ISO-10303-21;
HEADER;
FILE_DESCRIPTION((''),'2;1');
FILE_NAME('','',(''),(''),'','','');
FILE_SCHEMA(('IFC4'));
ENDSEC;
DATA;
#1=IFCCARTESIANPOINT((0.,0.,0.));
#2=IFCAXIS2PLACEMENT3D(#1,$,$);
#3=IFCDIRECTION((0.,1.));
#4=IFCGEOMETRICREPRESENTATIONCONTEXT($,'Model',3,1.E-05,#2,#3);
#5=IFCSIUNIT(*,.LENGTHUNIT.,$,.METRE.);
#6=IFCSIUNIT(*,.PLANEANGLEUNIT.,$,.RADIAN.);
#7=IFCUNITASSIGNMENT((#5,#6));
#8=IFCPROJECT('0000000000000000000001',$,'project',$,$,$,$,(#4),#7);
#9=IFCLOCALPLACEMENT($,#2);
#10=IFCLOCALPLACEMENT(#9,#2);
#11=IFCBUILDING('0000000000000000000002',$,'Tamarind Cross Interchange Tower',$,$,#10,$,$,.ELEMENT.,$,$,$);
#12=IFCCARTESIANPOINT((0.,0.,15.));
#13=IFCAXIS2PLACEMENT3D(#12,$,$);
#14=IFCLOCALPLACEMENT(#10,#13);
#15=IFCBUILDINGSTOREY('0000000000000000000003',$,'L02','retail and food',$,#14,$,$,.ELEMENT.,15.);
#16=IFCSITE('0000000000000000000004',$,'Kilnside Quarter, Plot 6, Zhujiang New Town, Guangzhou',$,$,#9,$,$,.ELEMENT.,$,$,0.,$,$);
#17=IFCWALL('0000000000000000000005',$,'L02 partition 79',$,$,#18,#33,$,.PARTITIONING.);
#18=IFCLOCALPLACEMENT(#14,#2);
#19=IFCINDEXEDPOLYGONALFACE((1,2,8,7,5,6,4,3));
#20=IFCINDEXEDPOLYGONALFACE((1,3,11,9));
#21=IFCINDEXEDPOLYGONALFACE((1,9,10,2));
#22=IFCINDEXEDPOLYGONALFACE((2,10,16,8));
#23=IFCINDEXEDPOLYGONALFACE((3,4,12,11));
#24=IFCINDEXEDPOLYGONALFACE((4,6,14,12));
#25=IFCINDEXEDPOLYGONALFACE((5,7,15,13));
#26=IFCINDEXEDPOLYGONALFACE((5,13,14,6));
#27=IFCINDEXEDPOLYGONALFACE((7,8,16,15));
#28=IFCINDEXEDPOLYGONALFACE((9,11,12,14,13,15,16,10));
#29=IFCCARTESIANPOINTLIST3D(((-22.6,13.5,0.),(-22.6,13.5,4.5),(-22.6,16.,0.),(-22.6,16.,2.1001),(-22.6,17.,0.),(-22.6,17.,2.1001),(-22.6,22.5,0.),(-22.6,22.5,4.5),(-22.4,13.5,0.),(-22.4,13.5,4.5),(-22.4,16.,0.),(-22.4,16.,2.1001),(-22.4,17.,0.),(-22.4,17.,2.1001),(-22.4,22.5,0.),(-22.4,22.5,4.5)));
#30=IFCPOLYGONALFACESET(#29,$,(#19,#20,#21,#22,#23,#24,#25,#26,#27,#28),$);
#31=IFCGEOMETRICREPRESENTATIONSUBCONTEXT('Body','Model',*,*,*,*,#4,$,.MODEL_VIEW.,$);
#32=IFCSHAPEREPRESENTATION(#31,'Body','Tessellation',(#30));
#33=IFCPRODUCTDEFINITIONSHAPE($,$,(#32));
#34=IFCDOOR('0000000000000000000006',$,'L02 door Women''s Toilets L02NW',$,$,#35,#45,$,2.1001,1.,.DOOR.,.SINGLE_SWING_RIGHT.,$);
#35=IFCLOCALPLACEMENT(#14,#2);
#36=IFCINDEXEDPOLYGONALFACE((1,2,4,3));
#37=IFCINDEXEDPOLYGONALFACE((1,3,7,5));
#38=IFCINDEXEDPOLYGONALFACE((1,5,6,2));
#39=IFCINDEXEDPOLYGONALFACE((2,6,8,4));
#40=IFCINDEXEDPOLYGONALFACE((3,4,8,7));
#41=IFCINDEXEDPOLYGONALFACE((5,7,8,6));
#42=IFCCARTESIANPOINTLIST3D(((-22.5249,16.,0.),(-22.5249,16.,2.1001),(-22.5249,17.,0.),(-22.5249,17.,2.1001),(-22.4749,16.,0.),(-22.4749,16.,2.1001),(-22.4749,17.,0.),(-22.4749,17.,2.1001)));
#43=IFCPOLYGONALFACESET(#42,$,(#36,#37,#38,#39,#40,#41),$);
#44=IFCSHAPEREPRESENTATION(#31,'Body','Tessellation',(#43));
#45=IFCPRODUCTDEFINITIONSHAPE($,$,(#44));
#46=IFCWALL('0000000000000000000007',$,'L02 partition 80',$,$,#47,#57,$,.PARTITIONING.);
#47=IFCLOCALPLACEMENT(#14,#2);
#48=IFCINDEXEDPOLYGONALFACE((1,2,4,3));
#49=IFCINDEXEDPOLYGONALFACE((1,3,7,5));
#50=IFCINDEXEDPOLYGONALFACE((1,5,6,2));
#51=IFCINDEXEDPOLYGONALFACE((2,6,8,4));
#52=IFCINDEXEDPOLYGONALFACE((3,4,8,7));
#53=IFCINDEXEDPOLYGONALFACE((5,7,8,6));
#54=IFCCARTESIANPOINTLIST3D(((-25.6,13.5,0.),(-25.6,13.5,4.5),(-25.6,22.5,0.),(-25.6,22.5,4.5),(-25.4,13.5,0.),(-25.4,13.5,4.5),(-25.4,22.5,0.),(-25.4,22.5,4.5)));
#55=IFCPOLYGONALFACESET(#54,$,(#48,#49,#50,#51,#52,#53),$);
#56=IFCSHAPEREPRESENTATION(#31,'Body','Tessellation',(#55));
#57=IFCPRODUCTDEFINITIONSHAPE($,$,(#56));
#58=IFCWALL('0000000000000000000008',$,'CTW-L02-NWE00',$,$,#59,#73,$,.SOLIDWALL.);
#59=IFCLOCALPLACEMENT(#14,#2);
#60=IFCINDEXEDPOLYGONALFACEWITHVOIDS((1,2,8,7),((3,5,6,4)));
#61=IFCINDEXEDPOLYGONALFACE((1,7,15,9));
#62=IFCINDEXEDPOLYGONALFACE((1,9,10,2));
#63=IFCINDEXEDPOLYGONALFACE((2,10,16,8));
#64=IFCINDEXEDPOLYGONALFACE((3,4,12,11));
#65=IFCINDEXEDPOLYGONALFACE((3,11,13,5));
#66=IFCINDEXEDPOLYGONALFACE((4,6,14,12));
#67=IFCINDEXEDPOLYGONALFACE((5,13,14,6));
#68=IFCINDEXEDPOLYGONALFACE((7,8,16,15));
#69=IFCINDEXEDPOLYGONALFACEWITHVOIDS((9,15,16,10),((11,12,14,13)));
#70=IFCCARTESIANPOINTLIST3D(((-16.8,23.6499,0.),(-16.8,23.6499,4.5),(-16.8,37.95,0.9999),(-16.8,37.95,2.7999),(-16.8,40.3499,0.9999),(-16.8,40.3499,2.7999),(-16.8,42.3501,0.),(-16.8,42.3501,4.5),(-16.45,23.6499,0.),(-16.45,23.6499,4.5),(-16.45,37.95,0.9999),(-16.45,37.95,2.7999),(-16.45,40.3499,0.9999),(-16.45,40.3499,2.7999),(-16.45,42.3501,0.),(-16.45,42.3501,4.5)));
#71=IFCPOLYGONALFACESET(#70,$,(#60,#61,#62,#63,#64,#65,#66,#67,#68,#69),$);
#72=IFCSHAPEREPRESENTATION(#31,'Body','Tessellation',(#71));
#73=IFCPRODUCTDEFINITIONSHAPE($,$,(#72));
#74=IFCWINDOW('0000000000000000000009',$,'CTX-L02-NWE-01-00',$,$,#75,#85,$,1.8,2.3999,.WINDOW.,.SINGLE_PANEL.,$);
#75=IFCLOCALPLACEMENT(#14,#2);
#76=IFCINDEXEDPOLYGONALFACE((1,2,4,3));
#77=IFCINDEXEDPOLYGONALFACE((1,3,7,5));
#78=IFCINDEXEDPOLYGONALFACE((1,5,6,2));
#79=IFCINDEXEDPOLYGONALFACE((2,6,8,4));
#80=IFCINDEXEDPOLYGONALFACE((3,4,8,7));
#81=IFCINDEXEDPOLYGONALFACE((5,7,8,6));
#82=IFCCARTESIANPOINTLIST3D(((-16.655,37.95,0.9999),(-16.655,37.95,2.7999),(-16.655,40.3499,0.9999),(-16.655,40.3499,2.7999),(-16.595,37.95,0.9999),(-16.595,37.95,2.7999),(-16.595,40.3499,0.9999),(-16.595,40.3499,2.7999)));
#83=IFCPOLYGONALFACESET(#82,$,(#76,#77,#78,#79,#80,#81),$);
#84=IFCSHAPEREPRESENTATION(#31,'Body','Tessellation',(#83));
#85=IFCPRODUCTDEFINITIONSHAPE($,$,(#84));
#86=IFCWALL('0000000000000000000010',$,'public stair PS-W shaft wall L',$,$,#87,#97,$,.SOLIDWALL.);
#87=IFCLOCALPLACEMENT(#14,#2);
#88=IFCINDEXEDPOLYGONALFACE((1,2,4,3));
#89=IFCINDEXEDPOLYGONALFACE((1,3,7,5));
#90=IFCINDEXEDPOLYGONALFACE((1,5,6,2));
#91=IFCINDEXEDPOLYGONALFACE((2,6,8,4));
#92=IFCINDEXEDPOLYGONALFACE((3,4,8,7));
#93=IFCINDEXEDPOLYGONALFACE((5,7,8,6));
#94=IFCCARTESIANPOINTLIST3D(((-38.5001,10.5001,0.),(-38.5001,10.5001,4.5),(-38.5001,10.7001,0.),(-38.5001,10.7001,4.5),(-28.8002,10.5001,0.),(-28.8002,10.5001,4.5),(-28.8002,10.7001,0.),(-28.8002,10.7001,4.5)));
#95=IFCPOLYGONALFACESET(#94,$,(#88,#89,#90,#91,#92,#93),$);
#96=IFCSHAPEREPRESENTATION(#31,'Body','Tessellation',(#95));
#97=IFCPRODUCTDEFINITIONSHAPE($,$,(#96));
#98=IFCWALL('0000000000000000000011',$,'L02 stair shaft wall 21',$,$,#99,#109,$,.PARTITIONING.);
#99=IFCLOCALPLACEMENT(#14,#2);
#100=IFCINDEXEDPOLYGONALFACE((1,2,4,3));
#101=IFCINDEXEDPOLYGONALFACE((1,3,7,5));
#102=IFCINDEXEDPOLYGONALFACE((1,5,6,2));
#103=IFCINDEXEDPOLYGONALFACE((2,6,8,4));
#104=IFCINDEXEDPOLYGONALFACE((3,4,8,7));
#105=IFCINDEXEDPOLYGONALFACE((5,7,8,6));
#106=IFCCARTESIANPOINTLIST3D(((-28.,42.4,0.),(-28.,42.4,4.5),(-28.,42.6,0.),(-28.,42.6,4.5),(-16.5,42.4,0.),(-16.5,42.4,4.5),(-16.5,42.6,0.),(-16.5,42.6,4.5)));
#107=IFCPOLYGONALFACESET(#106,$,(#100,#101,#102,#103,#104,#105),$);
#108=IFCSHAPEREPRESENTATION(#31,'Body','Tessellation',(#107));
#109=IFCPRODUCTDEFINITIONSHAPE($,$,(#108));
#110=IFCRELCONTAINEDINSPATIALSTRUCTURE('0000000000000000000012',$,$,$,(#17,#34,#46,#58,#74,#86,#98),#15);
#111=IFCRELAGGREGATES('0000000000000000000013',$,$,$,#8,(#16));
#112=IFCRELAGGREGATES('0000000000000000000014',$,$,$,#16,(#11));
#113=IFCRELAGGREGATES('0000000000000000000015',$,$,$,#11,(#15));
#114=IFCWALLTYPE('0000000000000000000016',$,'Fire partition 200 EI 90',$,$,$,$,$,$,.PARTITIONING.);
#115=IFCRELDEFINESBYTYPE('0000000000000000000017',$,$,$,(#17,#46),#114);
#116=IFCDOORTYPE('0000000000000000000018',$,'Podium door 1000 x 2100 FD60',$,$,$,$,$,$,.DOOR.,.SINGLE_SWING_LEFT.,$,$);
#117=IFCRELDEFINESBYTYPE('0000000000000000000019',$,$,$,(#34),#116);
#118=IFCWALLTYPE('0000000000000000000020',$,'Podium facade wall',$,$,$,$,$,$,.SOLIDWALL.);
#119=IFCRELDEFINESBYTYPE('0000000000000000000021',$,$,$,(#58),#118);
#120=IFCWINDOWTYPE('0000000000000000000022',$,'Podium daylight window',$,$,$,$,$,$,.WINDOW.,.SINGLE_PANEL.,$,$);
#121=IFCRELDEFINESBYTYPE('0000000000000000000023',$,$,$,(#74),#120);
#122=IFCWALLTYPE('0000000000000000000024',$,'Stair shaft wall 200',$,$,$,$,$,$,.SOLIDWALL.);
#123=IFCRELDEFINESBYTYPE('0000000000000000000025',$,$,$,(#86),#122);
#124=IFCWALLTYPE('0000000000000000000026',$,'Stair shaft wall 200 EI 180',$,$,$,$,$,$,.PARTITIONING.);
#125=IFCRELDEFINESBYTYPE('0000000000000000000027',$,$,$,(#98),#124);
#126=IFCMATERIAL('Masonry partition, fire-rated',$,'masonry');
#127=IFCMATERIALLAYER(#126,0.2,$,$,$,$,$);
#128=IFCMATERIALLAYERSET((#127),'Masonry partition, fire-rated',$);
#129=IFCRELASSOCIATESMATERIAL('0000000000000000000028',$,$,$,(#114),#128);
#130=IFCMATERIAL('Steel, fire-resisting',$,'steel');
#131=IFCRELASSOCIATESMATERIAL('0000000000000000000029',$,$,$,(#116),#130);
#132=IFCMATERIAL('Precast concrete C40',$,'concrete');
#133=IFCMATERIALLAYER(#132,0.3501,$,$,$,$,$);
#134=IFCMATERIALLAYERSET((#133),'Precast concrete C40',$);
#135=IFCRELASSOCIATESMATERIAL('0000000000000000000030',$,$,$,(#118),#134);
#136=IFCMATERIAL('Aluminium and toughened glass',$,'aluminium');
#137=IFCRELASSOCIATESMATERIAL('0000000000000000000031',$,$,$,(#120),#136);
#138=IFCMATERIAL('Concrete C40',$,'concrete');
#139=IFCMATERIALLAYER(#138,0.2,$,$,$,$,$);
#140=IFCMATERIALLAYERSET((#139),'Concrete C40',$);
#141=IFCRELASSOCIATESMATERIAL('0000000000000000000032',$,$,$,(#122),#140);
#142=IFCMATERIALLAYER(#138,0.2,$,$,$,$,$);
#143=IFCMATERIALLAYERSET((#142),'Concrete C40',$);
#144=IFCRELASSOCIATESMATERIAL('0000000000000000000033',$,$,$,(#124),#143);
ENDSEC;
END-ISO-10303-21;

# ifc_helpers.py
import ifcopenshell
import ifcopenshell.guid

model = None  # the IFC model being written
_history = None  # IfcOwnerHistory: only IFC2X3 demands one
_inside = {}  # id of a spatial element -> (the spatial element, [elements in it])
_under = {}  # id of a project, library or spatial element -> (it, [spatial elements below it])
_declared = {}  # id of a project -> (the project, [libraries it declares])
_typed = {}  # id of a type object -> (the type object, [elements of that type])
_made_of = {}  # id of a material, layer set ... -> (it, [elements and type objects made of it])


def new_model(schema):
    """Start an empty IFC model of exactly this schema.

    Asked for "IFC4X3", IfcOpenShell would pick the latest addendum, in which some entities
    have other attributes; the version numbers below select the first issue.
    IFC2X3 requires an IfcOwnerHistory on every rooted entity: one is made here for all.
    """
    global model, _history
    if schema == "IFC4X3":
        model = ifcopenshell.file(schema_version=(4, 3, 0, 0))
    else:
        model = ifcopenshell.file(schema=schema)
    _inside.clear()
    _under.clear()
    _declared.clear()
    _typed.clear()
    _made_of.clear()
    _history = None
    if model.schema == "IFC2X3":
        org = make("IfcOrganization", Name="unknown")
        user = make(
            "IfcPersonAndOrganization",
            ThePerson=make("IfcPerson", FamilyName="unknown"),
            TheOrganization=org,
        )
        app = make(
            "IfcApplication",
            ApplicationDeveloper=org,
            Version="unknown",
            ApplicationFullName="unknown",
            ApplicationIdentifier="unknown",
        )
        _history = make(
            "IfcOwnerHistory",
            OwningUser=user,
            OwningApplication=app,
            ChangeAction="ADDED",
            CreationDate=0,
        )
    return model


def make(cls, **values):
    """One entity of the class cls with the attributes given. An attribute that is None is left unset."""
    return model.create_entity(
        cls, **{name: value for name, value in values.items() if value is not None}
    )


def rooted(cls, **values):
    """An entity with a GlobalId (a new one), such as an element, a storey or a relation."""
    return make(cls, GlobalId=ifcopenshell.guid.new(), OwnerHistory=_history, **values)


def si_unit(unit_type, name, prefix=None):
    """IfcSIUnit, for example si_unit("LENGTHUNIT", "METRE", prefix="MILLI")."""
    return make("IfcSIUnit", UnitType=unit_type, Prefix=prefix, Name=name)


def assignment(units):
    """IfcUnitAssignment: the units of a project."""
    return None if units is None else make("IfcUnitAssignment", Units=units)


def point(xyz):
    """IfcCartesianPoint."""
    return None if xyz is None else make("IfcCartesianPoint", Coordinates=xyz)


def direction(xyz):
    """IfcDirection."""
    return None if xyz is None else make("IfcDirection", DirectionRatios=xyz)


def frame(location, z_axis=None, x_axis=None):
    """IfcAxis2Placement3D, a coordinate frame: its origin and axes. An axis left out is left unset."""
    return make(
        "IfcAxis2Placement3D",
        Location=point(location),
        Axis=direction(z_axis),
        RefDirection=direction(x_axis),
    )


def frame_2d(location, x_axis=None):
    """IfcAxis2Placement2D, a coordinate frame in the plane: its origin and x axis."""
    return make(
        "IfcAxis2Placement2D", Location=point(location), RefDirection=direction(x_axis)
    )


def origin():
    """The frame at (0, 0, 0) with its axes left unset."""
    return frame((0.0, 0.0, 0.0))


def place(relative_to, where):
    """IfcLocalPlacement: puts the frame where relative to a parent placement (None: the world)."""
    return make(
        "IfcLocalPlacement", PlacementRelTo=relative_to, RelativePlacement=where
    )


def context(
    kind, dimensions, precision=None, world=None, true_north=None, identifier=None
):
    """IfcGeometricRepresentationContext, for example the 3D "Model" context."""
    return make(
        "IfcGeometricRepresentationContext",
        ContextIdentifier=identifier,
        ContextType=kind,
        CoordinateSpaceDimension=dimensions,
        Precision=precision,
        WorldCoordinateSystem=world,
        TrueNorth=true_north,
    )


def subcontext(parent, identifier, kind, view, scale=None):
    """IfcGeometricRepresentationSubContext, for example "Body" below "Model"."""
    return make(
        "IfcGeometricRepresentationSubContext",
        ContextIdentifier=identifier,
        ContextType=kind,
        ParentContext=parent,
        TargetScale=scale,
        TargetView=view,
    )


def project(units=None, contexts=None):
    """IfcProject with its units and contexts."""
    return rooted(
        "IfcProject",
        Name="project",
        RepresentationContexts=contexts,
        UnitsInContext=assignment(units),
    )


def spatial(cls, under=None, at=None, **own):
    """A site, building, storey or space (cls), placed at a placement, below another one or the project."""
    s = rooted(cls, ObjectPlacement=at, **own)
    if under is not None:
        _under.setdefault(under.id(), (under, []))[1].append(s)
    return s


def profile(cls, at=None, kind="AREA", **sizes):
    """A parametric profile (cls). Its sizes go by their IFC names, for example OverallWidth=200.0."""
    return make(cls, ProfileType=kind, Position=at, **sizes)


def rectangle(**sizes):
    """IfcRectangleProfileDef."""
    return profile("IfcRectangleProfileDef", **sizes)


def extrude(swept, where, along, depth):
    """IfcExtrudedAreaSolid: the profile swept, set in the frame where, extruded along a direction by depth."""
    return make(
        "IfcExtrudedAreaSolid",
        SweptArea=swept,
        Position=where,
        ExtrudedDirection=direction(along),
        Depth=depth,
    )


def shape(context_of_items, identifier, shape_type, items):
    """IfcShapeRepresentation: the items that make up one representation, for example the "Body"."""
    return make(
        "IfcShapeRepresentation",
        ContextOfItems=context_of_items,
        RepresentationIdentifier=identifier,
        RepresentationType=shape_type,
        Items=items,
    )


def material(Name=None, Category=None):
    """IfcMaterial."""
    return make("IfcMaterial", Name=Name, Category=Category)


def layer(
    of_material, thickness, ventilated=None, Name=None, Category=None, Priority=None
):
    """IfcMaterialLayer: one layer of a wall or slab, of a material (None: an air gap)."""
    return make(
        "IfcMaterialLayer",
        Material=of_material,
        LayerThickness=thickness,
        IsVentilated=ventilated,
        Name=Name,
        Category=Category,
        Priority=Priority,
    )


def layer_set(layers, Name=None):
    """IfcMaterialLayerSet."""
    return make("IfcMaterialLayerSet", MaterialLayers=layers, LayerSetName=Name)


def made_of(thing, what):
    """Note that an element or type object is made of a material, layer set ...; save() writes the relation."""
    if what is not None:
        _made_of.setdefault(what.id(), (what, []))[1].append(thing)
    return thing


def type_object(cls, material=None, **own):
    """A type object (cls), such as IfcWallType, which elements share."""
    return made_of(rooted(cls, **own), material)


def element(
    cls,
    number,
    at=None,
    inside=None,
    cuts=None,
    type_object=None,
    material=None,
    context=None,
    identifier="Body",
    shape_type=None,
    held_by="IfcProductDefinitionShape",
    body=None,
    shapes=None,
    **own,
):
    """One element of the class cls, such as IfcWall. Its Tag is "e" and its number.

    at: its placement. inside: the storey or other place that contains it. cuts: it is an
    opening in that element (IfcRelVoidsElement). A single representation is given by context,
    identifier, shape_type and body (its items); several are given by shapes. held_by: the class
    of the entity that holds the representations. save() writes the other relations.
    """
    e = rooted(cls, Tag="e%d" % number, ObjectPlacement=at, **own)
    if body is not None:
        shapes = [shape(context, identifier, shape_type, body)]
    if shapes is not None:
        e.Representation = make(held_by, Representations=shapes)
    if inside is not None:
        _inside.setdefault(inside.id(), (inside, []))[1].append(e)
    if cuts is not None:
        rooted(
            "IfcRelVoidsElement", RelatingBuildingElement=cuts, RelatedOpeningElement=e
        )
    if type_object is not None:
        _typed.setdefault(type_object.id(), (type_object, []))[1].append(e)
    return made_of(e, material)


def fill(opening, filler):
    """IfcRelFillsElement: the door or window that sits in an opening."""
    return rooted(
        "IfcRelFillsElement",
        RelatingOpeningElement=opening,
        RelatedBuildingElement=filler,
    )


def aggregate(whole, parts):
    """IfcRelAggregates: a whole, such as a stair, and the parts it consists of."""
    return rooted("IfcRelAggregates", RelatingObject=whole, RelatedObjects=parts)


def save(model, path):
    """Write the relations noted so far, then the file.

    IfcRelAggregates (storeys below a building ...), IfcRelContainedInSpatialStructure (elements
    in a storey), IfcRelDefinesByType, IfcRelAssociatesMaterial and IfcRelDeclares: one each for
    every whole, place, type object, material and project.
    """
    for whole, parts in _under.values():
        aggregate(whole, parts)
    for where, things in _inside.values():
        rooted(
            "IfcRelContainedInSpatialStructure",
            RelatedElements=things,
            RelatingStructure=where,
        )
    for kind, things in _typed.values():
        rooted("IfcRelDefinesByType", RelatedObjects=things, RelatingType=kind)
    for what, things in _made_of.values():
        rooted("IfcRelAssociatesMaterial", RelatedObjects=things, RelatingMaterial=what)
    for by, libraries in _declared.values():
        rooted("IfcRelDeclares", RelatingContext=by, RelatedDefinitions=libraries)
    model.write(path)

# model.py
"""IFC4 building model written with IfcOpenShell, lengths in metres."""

from ifc_helpers import new_model, si_unit, direction, frame, frame_2d, origin, place, context, subcontext, project, spatial, rectangle, extrude, material, layer, layer_set, type_object, element, fill, save


model = new_model("IFC4")

# Units and contexts
model_context = context("Model", 3, precision=1e-05, world=origin(), true_north=direction((0.0, 1.0)))
body_context = subcontext(model_context, "Body", "Model", "MODEL_VIEW")
ifc_project = project(units=[si_unit("LENGTHUNIT", "METRE"), si_unit("PLANEANGLEUNIT", "RADIAN")], contexts=[model_context])

# Site, building, storey
site_placement = place(None, origin())
site = spatial("IfcSite", under=ifc_project, at=site_placement, Name="Kilnside Quarter, Plot 6, Zhujiang New Town, Guangzhou", CompositionType="ELEMENT", RefElevation=0.0)
building_placement = place(site_placement, origin())
building = spatial("IfcBuilding", under=site, at=building_placement, Name="Tamarind Cross Interchange Tower", CompositionType="ELEMENT")
storey_placement = place(building_placement, frame((0.0, 0.0, 15.0)))
storey = spatial("IfcBuildingStorey", under=building, at=storey_placement, Name="L02", Description="retail and food", CompositionType="ELEMENT", Elevation=15.0)

# Shared definitions
ifc_material_1 = material(Name="Masonry partition, fire-rated", Category="masonry")

# Shared definitions
ifc_material_2 = material(Name="Steel, fire-resisting", Category="steel")

# Shared definitions
ifc_layer_1 = layer(ifc_material_1, 0.2)
ifc_layer_set_1 = layer_set([ifc_layer_1], Name="Masonry partition, fire-rated")
wall_type_1 = type_object("IfcWallType", Name="Fire partition 200 EI 90", PredefinedType="PARTITIONING", material=ifc_layer_set_1)

# Wall, opening, door
wall_1_placement = place(storey_placement, frame((-22.5, 13.5, 0.0), z_axis=(0.0, 0.0, 1.0), x_axis=(0.0, 1.0, 0.0)))
wall_1 = element("IfcWall", 1, at=wall_1_placement, inside=storey, type_object=wall_type_1, Name="L02 partition 79", PredefinedType="PARTITIONING", context=body_context, shape_type="SweptSolid", body=[
    extrude(rectangle(XDim=9.0, YDim=0.2, at=frame_2d((4.5, 0.0))), origin(), (0.0, 0.0, 1.0), 4.5),
])
opening_1_placement = place(wall_1_placement, frame((2.5, 0.0, 0.0)))
opening_1 = element("IfcOpeningElement", 2, at=opening_1_placement, cuts=wall_1, PredefinedType="OPENING", context=body_context, shape_type="SweptSolid", body=[
    extrude(rectangle(XDim=1.0, YDim=2.1001, at=frame_2d((0.5, 1.05))), frame((0.0, 0.1099, 0.0), z_axis=(0.0, -1.0, 0.0), x_axis=(1.0, 0.0, 0.0)), (0.0, 0.0, 1.0), 0.22),
])
door_type_1 = type_object("IfcDoorType", Name="Podium door 1000 x 2100 FD60", OperationType="SINGLE_SWING_LEFT", PredefinedType="DOOR", material=ifc_material_2)
door_1_placement = place(opening_1_placement, origin())
door_1 = element("IfcDoor", 3, at=door_1_placement, inside=storey, type_object=door_type_1, Name="L02 door Women's Toilets L02NW", OperationType="SINGLE_SWING_RIGHT", OverallHeight=2.1001, OverallWidth=1.0, PredefinedType="DOOR", context=body_context, shape_type="SweptSolid", body=[
    extrude(rectangle(XDim=1.0, YDim=2.1001, at=frame_2d((0.5, 1.05))), frame((0.0, 0.0249, 0.0), z_axis=(0.0, -1.0, 0.0), x_axis=(1.0, 0.0, 0.0)), (0.0, 0.0, 1.0), 0.05),
])
fill(opening_1, door_1)

# Wall
wall_2_placement = place(storey_placement, frame((-25.5, 13.5, 0.0), z_axis=(0.0, 0.0, 1.0), x_axis=(0.0, 1.0, 0.0)))
element("IfcWall", 4, at=wall_2_placement, inside=storey, type_object=wall_type_1, Name="L02 partition 80", PredefinedType="PARTITIONING", context=body_context, shape_type="SweptSolid", body=[
    extrude(rectangle(XDim=9.0, YDim=0.2, at=frame_2d((4.5, 0.0))), origin(), (0.0, 0.0, 1.0), 4.5),
])

# Wall, opening, window
ifc_material_3 = material(Name="Precast concrete C40", Category="concrete")
ifc_layer_2 = layer(ifc_material_3, 0.3501)
ifc_layer_set_2 = layer_set([ifc_layer_2], Name="Precast concrete C40")
wall_type_2 = type_object("IfcWallType", Name="Podium facade wall", PredefinedType="SOLIDWALL", material=ifc_layer_set_2)
wall_3_placement = place(storey_placement, frame((-16.625, 23.6499, 0.0), z_axis=(0.0, 0.0, 1.0), x_axis=(0.0, 1.0, 0.0)))
wall_3 = element("IfcWall", 5, at=wall_3_placement, inside=storey, type_object=wall_type_2, Name="CTW-L02-NWE00", PredefinedType="SOLIDWALL", context=body_context, shape_type="SweptSolid", body=[
    extrude(rectangle(XDim=18.7002, YDim=0.3501, at=frame_2d((9.3501, 0.0))), origin(), (0.0, 0.0, 1.0), 4.5),
])
opening_2_placement = place(wall_3_placement, frame((14.3, 0.0, 1.0)))
opening_2 = element("IfcOpeningElement", 6, at=opening_2_placement, cuts=wall_3, PredefinedType="OPENING", context=body_context, shape_type="SweptSolid", body=[
    extrude(rectangle(XDim=2.3999, YDim=1.8, at=frame_2d((1.2, 0.8999))), frame((0.0, 0.1851, 0.0), z_axis=(0.0, -1.0, 0.0), x_axis=(1.0, 0.0, 0.0)), (0.0, 0.0, 1.0), 0.3701),
])
ifc_material_4 = material(Name="Aluminium and toughened glass", Category="aluminium")
window_type = type_object("IfcWindowType", Name="Podium daylight window", PartitioningType="SINGLE_PANEL", PredefinedType="WINDOW", material=ifc_material_4)
window_placement = place(opening_2_placement, origin())
window = element("IfcWindow", 7, at=window_placement, inside=storey, type_object=window_type, Name="CTX-L02-NWE-01-00", OverallHeight=1.8, OverallWidth=2.3999, PartitioningType="SINGLE_PANEL", PredefinedType="WINDOW", context=body_context, shape_type="SweptSolid", body=[
    extrude(rectangle(XDim=2.3999, YDim=1.8, at=frame_2d((1.2, 0.8999))), frame((0.0, 0.03, 0.0), z_axis=(0.0, -1.0, 0.0), x_axis=(1.0, 0.0, 0.0)), (0.0, 0.0, 1.0), 0.0601),
])
fill(opening_2, window)

# Walls
ifc_material_5 = material(Name="Concrete C40", Category="concrete")
ifc_layer_3 = layer(ifc_material_5, 0.2)
ifc_layer_set_3 = layer_set([ifc_layer_3], Name="Concrete C40")
wall_type_3 = type_object("IfcWallType", Name="Stair shaft wall 200", PredefinedType="SOLIDWALL", material=ifc_layer_set_3)
wall_4_placement = place(storey_placement, frame((-28.8, 10.6001, 0.0), z_axis=(0.0, 0.0, 1.0), x_axis=(-1.0, 0.0, 0.0)))
element("IfcWall", 8, at=wall_4_placement, inside=storey, type_object=wall_type_3, Name="public stair PS-W shaft wall L", PredefinedType="SOLIDWALL", context=body_context, shape_type="SweptSolid", body=[
    extrude(rectangle(XDim=9.7, YDim=0.2, at=frame_2d((4.8501, 0.0))), origin(), (0.0, 0.0, 1.0), 4.5),
])
ifc_layer_4 = layer(ifc_material_5, 0.2)
ifc_layer_set_4 = layer_set([ifc_layer_4], Name="Concrete C40")
wall_type_4 = type_object("IfcWallType", Name="Stair shaft wall 200 EI 180", PredefinedType="PARTITIONING", material=ifc_layer_set_4)
wall_5_placement = place(storey_placement, frame((-28.0, 42.5, 0.0), z_axis=(0.0, 0.0, 1.0), x_axis=(1.0, 0.0, 0.0)))
element("IfcWall", 9, at=wall_5_placement, inside=storey, type_object=wall_type_4, Name="L02 stair shaft wall 21", PredefinedType="PARTITIONING", context=body_context, shape_type="SweptSolid", body=[
    extrude(rectangle(XDim=11.5, YDim=0.2, at=frame_2d((5.75, 0.0))), origin(), (0.0, 0.0, 1.0), 4.5),
])

save(model, "model.ifc")
